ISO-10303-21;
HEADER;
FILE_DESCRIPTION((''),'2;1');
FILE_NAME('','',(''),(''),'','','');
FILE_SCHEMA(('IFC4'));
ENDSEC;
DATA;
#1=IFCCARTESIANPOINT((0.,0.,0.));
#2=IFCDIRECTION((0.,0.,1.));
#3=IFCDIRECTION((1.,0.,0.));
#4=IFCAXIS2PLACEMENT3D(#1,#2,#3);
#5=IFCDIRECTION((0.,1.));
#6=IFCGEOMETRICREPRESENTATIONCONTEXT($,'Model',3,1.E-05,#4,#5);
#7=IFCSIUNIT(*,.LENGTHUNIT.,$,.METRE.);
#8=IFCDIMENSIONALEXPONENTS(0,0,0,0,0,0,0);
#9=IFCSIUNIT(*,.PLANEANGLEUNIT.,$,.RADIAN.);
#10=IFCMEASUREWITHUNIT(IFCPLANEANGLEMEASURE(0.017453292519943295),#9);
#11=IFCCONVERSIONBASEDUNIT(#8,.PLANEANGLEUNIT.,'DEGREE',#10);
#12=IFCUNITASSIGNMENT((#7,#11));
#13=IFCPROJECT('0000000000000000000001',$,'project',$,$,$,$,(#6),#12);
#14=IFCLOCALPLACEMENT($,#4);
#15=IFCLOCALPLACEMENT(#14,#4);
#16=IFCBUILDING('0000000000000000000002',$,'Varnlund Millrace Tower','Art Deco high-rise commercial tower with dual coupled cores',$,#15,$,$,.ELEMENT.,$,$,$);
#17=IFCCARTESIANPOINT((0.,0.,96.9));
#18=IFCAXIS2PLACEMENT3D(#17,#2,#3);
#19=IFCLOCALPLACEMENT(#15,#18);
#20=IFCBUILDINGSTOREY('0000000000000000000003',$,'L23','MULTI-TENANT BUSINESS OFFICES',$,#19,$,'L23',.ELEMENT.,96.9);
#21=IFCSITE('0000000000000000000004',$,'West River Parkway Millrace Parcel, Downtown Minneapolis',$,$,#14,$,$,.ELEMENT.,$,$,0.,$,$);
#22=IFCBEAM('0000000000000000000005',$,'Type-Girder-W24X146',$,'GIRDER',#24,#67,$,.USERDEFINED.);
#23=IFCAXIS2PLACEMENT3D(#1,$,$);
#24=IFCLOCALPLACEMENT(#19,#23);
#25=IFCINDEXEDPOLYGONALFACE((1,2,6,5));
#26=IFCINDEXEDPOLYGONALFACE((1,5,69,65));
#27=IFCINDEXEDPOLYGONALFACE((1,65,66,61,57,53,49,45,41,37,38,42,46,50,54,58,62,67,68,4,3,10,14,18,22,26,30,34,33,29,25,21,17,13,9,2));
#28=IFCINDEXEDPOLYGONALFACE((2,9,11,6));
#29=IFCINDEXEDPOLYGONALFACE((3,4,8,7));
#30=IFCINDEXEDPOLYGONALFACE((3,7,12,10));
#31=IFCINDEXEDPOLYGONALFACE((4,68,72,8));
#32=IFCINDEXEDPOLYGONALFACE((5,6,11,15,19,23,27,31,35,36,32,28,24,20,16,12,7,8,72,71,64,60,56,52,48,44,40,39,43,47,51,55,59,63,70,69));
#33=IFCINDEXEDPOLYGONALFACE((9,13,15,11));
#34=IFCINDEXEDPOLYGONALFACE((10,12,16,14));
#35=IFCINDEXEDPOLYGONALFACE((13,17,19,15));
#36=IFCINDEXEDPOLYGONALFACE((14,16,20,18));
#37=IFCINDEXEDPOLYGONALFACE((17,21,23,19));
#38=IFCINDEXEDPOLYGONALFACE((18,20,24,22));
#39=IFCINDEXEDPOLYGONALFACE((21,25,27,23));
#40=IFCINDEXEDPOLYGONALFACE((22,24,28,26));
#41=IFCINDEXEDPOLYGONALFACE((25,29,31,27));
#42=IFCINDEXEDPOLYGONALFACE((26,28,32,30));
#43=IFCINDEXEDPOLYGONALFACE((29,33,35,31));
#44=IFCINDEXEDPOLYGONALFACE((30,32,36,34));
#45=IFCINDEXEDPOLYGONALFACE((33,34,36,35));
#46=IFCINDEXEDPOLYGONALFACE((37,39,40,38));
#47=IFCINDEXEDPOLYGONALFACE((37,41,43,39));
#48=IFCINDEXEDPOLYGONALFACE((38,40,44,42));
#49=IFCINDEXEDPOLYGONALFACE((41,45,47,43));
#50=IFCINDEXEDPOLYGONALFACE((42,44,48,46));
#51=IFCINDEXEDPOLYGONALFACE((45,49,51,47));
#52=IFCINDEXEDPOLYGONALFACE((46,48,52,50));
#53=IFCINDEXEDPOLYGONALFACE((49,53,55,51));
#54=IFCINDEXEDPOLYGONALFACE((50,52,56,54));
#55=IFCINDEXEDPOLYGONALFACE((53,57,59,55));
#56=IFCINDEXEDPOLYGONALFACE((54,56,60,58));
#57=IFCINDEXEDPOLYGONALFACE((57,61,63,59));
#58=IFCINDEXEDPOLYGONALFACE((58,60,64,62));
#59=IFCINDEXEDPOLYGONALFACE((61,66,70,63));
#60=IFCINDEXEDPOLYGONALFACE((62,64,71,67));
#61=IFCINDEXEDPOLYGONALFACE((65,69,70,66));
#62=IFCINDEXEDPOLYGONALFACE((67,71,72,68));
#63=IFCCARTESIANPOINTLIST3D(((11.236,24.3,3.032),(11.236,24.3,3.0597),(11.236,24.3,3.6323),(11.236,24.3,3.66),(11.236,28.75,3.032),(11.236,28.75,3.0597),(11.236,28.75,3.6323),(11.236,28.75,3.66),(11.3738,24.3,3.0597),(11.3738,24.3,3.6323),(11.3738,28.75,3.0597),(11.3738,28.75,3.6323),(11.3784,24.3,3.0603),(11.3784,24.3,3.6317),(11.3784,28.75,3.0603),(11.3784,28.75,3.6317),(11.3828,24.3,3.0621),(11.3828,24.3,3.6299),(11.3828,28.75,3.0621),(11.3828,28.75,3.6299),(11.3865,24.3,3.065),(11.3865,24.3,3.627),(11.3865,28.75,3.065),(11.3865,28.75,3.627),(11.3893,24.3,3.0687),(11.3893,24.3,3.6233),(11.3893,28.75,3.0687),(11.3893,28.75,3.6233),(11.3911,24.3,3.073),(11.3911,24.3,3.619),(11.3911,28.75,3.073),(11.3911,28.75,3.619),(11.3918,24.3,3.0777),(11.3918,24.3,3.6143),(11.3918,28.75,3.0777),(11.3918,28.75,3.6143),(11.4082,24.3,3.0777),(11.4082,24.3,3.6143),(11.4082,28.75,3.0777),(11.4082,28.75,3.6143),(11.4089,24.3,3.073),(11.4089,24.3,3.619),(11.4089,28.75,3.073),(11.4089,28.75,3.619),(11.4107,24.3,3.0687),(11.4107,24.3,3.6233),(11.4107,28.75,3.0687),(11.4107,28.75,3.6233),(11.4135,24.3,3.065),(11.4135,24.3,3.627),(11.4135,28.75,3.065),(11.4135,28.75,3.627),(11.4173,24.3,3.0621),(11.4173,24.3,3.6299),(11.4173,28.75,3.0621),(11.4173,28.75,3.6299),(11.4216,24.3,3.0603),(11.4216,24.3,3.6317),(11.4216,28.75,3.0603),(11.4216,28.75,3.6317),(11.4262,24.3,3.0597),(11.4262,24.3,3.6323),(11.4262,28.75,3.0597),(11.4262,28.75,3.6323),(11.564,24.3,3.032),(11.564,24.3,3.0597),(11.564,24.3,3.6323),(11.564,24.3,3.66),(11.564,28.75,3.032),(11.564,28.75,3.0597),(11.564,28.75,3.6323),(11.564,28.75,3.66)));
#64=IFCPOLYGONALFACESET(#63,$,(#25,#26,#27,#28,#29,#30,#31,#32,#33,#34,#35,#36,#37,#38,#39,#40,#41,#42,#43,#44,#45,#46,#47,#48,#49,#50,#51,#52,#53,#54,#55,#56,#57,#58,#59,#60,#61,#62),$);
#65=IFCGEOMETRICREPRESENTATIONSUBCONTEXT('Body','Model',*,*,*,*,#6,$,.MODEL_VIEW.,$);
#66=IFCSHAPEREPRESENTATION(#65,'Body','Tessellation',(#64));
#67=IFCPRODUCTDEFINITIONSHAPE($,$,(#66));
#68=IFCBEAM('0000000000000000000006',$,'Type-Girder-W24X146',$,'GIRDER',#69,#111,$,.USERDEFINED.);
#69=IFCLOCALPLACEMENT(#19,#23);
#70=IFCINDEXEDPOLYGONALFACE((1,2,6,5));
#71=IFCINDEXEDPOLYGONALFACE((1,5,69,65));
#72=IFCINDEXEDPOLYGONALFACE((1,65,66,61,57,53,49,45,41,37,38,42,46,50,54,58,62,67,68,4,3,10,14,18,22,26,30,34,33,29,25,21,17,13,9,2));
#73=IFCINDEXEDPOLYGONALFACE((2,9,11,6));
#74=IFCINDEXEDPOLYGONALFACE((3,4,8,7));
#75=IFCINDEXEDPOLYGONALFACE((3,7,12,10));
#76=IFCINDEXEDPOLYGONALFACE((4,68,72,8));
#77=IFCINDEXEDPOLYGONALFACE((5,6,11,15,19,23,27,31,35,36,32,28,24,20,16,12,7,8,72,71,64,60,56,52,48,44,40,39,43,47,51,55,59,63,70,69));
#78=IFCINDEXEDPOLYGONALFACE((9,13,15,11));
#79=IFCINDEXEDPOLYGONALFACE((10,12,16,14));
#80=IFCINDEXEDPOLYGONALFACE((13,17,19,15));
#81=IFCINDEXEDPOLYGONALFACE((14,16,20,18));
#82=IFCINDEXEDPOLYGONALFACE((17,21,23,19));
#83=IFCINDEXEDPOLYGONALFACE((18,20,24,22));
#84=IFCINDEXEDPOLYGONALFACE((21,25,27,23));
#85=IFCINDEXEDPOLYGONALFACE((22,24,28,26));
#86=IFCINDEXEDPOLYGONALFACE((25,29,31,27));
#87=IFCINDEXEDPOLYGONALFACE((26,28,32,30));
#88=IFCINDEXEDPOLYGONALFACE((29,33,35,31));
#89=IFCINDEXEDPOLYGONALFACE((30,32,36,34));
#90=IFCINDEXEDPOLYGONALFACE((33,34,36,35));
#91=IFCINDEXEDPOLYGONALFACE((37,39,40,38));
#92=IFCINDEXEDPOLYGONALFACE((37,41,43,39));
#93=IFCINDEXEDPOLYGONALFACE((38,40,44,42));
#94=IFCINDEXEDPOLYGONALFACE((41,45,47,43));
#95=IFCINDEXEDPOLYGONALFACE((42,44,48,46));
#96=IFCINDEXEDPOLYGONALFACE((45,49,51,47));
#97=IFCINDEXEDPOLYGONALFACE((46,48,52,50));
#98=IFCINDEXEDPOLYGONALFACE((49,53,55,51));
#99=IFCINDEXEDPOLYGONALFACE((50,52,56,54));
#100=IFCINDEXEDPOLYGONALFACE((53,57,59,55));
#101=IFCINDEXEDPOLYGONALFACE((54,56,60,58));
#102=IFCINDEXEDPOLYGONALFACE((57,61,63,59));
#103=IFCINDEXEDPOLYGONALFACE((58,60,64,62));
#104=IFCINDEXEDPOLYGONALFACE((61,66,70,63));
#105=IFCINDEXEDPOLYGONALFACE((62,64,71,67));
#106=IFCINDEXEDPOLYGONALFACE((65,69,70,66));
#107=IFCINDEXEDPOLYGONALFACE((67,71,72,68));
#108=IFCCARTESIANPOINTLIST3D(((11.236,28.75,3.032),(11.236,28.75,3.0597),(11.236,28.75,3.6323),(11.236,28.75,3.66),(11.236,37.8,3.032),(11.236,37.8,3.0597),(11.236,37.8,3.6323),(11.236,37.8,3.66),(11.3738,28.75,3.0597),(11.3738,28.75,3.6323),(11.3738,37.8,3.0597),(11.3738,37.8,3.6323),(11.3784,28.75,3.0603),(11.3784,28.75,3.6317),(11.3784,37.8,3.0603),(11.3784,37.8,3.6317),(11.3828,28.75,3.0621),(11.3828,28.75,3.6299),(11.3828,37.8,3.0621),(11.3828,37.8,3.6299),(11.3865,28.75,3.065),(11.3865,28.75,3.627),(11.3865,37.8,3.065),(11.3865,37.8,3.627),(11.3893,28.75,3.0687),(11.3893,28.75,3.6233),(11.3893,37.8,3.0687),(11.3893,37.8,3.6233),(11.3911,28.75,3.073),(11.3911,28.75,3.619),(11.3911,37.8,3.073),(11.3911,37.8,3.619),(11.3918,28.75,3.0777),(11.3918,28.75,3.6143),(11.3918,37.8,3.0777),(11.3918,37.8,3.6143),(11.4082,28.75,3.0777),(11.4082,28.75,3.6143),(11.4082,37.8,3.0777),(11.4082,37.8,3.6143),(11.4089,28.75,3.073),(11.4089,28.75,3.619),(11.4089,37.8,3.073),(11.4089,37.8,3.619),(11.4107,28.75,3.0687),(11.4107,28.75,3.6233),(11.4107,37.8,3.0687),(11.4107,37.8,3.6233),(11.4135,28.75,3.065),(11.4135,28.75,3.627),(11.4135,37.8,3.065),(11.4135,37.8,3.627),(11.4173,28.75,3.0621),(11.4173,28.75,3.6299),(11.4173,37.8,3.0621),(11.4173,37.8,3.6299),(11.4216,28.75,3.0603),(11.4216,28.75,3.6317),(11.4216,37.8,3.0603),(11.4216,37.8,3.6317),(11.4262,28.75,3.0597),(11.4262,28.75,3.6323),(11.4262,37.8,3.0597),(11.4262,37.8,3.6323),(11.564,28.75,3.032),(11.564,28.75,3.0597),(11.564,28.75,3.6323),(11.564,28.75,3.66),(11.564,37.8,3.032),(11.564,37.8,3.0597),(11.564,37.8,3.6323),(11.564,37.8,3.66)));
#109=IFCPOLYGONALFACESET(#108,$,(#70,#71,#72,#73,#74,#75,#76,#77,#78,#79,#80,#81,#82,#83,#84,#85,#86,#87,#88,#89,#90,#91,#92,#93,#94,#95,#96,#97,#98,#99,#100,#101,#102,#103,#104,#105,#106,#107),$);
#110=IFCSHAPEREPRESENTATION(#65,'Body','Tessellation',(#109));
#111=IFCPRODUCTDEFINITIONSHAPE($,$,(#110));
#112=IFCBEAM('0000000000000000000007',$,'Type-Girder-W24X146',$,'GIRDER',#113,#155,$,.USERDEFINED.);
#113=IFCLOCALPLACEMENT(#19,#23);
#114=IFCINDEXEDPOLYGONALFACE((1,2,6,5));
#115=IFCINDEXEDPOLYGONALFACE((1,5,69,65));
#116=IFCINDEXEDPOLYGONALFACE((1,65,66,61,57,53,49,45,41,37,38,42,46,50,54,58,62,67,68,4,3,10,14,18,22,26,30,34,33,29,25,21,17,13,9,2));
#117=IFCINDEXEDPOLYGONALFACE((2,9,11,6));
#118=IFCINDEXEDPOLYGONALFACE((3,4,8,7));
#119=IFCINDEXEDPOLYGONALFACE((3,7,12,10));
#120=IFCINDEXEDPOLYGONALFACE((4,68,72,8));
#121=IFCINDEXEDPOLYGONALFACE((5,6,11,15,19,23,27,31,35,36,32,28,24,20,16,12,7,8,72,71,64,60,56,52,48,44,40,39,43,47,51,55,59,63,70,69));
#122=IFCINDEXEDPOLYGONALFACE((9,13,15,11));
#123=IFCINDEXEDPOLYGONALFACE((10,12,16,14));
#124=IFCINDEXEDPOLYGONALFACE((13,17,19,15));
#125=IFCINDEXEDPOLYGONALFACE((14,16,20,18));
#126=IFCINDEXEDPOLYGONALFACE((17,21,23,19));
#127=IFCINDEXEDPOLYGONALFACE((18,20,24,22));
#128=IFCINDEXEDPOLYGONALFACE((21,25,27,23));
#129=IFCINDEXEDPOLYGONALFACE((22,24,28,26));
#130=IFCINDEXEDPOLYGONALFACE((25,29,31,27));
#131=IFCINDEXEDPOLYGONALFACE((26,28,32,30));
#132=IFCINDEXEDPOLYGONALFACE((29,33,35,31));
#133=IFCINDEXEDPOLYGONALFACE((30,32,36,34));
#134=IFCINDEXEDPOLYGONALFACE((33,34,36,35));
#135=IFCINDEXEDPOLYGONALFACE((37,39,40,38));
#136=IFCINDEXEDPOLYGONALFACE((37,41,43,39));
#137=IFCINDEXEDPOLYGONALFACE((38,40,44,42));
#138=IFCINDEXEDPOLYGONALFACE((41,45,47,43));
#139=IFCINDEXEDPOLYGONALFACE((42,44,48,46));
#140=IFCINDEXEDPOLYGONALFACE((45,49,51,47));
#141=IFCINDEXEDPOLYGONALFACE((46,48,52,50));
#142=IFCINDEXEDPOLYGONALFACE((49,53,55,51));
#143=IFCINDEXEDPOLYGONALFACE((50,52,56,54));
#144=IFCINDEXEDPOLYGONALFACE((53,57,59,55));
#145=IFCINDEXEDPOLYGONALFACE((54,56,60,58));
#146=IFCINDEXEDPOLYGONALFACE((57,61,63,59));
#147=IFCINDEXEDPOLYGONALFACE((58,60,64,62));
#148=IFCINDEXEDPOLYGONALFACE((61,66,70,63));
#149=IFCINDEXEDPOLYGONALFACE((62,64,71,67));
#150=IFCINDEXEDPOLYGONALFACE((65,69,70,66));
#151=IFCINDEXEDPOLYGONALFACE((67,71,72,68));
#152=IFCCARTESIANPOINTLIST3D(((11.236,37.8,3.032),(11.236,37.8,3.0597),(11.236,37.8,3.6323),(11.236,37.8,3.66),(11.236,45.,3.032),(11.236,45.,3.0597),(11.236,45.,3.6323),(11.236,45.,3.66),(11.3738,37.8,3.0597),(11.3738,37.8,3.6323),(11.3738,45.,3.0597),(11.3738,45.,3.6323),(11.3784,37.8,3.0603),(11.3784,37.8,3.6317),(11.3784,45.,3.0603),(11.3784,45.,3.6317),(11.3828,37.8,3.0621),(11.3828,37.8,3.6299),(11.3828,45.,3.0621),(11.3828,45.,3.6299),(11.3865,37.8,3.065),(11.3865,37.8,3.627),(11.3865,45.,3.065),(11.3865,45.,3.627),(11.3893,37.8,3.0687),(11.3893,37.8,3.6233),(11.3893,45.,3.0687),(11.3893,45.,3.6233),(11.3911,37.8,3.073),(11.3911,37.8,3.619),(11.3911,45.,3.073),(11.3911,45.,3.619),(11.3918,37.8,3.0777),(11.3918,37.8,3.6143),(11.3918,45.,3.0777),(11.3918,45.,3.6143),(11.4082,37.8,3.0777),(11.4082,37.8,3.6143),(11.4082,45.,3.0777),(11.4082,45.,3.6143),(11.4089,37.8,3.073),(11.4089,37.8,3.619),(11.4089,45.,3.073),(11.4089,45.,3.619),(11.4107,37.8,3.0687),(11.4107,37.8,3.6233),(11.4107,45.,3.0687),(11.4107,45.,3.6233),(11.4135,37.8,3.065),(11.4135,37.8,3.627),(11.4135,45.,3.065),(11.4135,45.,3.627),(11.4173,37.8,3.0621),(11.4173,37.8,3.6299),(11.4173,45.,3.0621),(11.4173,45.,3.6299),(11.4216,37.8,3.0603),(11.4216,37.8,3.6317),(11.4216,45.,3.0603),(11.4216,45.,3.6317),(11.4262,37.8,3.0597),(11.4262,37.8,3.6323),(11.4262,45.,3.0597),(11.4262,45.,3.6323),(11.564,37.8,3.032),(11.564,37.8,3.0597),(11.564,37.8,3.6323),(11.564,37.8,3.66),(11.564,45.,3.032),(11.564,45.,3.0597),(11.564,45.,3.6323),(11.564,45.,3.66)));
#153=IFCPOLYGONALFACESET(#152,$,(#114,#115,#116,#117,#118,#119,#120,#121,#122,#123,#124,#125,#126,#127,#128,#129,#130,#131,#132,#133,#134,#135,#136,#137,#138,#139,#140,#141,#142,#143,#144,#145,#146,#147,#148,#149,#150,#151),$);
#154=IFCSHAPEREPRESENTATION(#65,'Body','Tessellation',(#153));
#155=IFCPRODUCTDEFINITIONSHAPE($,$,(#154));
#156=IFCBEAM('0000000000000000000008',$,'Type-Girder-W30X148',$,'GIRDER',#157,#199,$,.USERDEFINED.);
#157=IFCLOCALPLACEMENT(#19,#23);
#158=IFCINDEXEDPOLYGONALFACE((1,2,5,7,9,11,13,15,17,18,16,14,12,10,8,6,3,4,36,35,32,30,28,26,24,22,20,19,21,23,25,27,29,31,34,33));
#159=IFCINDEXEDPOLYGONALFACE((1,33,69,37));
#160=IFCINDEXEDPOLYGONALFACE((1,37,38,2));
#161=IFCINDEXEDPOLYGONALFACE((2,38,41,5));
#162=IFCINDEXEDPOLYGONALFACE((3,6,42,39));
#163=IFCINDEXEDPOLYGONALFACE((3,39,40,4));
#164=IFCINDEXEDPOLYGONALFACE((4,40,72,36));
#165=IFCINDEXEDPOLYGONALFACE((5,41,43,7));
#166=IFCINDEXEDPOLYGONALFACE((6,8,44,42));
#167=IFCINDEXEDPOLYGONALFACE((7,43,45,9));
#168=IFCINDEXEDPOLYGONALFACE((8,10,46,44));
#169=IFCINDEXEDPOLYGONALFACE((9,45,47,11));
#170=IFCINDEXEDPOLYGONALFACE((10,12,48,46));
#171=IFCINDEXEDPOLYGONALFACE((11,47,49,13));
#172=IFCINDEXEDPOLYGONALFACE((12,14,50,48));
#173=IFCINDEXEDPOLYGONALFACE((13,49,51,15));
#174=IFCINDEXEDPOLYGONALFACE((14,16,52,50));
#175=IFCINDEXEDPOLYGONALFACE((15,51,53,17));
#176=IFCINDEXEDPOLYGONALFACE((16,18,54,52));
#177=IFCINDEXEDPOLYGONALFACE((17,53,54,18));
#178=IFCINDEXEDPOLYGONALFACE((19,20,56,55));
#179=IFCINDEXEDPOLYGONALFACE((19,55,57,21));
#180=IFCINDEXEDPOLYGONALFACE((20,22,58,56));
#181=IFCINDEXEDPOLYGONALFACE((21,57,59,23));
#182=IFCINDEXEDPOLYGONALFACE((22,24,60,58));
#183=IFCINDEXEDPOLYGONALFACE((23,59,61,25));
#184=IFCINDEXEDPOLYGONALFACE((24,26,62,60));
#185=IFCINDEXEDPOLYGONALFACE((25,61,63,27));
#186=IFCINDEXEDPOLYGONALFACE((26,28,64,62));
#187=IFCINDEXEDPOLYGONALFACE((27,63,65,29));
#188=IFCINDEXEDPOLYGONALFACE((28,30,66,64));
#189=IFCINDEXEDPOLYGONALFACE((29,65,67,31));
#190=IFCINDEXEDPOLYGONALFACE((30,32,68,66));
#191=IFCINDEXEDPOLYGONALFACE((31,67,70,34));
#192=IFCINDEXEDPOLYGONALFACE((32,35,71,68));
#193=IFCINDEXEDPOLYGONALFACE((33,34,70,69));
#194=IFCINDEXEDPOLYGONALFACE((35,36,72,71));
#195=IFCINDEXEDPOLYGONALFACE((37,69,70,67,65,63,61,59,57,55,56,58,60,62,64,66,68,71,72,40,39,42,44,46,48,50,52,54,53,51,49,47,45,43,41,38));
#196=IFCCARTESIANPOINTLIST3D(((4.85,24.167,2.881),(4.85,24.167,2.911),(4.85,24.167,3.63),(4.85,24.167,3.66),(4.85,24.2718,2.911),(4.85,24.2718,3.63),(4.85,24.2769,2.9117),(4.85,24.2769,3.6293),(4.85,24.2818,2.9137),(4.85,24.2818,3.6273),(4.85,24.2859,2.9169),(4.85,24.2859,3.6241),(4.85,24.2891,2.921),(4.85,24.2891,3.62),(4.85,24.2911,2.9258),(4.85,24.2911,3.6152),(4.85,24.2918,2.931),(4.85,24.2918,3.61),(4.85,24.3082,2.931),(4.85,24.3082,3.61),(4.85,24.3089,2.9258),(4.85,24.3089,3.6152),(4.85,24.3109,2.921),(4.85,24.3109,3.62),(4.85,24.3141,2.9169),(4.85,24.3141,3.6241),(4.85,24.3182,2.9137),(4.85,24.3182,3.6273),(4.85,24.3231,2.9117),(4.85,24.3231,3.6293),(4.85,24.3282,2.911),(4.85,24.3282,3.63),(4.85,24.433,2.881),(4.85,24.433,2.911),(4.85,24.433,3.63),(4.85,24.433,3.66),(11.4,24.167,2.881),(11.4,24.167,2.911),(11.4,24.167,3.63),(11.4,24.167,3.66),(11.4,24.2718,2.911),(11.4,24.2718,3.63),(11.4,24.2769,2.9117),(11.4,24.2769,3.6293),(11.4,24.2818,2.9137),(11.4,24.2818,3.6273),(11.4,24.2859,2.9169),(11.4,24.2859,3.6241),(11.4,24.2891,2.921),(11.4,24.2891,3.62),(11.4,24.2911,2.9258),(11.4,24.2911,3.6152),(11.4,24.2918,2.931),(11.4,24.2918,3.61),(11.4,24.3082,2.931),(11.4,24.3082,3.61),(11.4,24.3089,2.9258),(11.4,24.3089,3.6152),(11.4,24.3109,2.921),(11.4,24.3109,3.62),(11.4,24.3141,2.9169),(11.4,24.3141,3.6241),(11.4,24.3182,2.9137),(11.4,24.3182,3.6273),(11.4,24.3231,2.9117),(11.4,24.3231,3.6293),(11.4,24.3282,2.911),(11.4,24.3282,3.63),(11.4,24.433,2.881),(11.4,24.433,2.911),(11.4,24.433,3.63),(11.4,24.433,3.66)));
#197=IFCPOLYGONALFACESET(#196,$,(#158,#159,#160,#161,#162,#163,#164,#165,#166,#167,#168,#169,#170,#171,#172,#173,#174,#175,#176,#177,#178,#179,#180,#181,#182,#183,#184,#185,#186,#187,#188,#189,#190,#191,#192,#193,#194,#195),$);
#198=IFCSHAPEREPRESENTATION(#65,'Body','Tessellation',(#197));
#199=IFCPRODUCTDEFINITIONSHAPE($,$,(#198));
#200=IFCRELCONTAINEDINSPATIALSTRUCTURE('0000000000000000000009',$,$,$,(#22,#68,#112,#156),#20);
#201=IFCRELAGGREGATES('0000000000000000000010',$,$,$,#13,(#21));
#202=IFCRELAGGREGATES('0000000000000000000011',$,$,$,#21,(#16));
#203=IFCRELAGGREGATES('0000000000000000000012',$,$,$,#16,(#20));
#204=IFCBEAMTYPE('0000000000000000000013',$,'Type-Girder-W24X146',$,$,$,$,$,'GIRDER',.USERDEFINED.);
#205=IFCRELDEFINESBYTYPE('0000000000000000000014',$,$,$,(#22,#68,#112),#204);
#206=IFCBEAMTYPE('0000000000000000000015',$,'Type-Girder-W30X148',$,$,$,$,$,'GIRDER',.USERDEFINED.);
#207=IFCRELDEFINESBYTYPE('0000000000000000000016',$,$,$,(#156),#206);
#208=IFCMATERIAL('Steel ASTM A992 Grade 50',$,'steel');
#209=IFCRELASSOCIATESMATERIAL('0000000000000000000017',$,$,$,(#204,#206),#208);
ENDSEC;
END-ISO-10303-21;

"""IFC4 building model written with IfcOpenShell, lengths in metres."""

from ifc_helpers import new_model, entity, si_unit, converted_unit, direction, frame, origin_with_axes, origin_2d_with_axis, place, context, subcontext, project, spatial, i_section, extrude, material, material_profile, profile_set, type_object, element, save


model = new_model("IFC4")

# Units and contexts
model_context = context("Model", 3, precision=1e-05, world=origin_with_axes(), true_north=direction((0.0, 1.0)))
body_context = subcontext(model_context, "Body", "Model", "MODEL_VIEW")
ifc_project = project(units=[si_unit("LENGTHUNIT", "METRE"), converted_unit("PLANEANGLEUNIT", "DEGREE", entity("IfcPlaneAngleMeasure", 0.017453292519943295), si_unit("PLANEANGLEUNIT", "RADIAN"), dimensions=[0, 0, 0, 0, 0, 0, 0])], contexts=[model_context])

# Site, building, storey
site_placement = place(None, origin_with_axes())
site = spatial("IfcSite", under=ifc_project, at=site_placement, Name="West River Parkway Millrace Parcel, Downtown Minneapolis", CompositionType="ELEMENT", RefElevation=0.0)
building_placement = place(site_placement, origin_with_axes())
building = spatial("IfcBuilding", under=site, at=building_placement, Name="Varnlund Millrace Tower", Description="Art Deco high-rise commercial tower with dual coupled cores", CompositionType="ELEMENT")
storey_placement = place(building_placement, frame((0.0, 0.0, 96.9), z_axis=(0.0, 0.0, 1.0), x_axis=(1.0, 0.0, 0.0)))
storey = spatial("IfcBuildingStorey", under=building, at=storey_placement, Name="L23", Description="MULTI-TENANT BUSINESS OFFICES", LongName="L23", CompositionType="ELEMENT", Elevation=96.9)

# Beams
ifc_material_1 = material(Name="Steel ASTM A992 Grade 50", Category="steel")
ifc_material_profile_1 = material_profile(ifc_material_1, i_section(OverallWidth=0.328, OverallDepth=0.628, WebThickness=0.0165, FlangeThickness=0.0277, FilletRadius=0.018, at=origin_2d_with_axis()), Name="Steel ASTM A992 Grade 50")
ifc_profile_set_1 = profile_set([ifc_material_profile_1], Name="Steel ASTM A992 Grade 50")
beam_type_1 = type_object("IfcBeamType", Name="Type-Girder-W24X146", ElementType="GIRDER", PredefinedType="USERDEFINED", material=ifc_profile_set_1)
beam_1_placement = place(storey_placement, frame((11.4, 24.3, 3.346), z_axis=(0.0, 1.0, 0.0), x_axis=(-1.0, 0.0, 0.0)))
element("IfcBeam", 1, at=beam_1_placement, inside=storey, type_object=beam_type_1, Name="Type-Girder-W24X146", ObjectType="GIRDER", PredefinedType="USERDEFINED", context=body_context, shape_type="SweptSolid", body=[
    extrude(i_section(OverallWidth=0.328, OverallDepth=0.628, WebThickness=0.0165, FlangeThickness=0.0277, FilletRadius=0.018, at=origin_2d_with_axis()), origin_with_axes(), (0.0, 0.0, 1.0), 4.45),
])
beam_2_placement = place(storey_placement, frame((11.4, 28.75, 3.346), z_axis=(0.0, 1.0, 0.0), x_axis=(-1.0, 0.0, 0.0)))
element("IfcBeam", 2, at=beam_2_placement, inside=storey, type_object=beam_type_1, Name="Type-Girder-W24X146", ObjectType="GIRDER", PredefinedType="USERDEFINED", context=body_context, shape_type="SweptSolid", body=[
    extrude(i_section(OverallWidth=0.328, OverallDepth=0.628, WebThickness=0.0165, FlangeThickness=0.0277, FilletRadius=0.018, at=origin_2d_with_axis()), origin_with_axes(), (0.0, 0.0, 1.0), 9.05),
])
beam_3_placement = place(storey_placement, frame((11.4, 37.8, 3.346), z_axis=(0.0, 1.0, 0.0), x_axis=(-1.0, 0.0, 0.0)))
element("IfcBeam", 3, at=beam_3_placement, inside=storey, type_object=beam_type_1, Name="Type-Girder-W24X146", ObjectType="GIRDER", PredefinedType="USERDEFINED", context=body_context, shape_type="SweptSolid", body=[
    extrude(i_section(OverallWidth=0.328, OverallDepth=0.628, WebThickness=0.0165, FlangeThickness=0.0277, FilletRadius=0.018, at=origin_2d_with_axis()), origin_with_axes(), (0.0, 0.0, 1.0), 7.2),
])
ifc_material_profile_2 = material_profile(ifc_material_1, i_section(OverallWidth=0.266, OverallDepth=0.779, WebThickness=0.0165, FlangeThickness=0.03, FilletRadius=0.02, at=origin_2d_with_axis()), Name="Steel ASTM A992 Grade 50")
ifc_profile_set_2 = profile_set([ifc_material_profile_2], Name="Steel ASTM A992 Grade 50")
beam_type_2 = type_object("IfcBeamType", Name="Type-Girder-W30X148", ElementType="GIRDER", PredefinedType="USERDEFINED", material=ifc_profile_set_2)
beam_4_placement = place(storey_placement, frame((4.85, 24.3, 3.2705), z_axis=(1.0, 0.0, 0.0), x_axis=(0.0, 1.0, 0.0)))
element("IfcBeam", 4, at=beam_4_placement, inside=storey, type_object=beam_type_2, Name="Type-Girder-W30X148", ObjectType="GIRDER", PredefinedType="USERDEFINED", context=body_context, shape_type="SweptSolid", body=[
    extrude(i_section(OverallWidth=0.266, OverallDepth=0.779, WebThickness=0.0165, FlangeThickness=0.03, FilletRadius=0.02, at=origin_2d_with_axis()), origin_with_axes(), (0.0, 0.0, 1.0), 6.55),
])

save(model, "model.ifc")
